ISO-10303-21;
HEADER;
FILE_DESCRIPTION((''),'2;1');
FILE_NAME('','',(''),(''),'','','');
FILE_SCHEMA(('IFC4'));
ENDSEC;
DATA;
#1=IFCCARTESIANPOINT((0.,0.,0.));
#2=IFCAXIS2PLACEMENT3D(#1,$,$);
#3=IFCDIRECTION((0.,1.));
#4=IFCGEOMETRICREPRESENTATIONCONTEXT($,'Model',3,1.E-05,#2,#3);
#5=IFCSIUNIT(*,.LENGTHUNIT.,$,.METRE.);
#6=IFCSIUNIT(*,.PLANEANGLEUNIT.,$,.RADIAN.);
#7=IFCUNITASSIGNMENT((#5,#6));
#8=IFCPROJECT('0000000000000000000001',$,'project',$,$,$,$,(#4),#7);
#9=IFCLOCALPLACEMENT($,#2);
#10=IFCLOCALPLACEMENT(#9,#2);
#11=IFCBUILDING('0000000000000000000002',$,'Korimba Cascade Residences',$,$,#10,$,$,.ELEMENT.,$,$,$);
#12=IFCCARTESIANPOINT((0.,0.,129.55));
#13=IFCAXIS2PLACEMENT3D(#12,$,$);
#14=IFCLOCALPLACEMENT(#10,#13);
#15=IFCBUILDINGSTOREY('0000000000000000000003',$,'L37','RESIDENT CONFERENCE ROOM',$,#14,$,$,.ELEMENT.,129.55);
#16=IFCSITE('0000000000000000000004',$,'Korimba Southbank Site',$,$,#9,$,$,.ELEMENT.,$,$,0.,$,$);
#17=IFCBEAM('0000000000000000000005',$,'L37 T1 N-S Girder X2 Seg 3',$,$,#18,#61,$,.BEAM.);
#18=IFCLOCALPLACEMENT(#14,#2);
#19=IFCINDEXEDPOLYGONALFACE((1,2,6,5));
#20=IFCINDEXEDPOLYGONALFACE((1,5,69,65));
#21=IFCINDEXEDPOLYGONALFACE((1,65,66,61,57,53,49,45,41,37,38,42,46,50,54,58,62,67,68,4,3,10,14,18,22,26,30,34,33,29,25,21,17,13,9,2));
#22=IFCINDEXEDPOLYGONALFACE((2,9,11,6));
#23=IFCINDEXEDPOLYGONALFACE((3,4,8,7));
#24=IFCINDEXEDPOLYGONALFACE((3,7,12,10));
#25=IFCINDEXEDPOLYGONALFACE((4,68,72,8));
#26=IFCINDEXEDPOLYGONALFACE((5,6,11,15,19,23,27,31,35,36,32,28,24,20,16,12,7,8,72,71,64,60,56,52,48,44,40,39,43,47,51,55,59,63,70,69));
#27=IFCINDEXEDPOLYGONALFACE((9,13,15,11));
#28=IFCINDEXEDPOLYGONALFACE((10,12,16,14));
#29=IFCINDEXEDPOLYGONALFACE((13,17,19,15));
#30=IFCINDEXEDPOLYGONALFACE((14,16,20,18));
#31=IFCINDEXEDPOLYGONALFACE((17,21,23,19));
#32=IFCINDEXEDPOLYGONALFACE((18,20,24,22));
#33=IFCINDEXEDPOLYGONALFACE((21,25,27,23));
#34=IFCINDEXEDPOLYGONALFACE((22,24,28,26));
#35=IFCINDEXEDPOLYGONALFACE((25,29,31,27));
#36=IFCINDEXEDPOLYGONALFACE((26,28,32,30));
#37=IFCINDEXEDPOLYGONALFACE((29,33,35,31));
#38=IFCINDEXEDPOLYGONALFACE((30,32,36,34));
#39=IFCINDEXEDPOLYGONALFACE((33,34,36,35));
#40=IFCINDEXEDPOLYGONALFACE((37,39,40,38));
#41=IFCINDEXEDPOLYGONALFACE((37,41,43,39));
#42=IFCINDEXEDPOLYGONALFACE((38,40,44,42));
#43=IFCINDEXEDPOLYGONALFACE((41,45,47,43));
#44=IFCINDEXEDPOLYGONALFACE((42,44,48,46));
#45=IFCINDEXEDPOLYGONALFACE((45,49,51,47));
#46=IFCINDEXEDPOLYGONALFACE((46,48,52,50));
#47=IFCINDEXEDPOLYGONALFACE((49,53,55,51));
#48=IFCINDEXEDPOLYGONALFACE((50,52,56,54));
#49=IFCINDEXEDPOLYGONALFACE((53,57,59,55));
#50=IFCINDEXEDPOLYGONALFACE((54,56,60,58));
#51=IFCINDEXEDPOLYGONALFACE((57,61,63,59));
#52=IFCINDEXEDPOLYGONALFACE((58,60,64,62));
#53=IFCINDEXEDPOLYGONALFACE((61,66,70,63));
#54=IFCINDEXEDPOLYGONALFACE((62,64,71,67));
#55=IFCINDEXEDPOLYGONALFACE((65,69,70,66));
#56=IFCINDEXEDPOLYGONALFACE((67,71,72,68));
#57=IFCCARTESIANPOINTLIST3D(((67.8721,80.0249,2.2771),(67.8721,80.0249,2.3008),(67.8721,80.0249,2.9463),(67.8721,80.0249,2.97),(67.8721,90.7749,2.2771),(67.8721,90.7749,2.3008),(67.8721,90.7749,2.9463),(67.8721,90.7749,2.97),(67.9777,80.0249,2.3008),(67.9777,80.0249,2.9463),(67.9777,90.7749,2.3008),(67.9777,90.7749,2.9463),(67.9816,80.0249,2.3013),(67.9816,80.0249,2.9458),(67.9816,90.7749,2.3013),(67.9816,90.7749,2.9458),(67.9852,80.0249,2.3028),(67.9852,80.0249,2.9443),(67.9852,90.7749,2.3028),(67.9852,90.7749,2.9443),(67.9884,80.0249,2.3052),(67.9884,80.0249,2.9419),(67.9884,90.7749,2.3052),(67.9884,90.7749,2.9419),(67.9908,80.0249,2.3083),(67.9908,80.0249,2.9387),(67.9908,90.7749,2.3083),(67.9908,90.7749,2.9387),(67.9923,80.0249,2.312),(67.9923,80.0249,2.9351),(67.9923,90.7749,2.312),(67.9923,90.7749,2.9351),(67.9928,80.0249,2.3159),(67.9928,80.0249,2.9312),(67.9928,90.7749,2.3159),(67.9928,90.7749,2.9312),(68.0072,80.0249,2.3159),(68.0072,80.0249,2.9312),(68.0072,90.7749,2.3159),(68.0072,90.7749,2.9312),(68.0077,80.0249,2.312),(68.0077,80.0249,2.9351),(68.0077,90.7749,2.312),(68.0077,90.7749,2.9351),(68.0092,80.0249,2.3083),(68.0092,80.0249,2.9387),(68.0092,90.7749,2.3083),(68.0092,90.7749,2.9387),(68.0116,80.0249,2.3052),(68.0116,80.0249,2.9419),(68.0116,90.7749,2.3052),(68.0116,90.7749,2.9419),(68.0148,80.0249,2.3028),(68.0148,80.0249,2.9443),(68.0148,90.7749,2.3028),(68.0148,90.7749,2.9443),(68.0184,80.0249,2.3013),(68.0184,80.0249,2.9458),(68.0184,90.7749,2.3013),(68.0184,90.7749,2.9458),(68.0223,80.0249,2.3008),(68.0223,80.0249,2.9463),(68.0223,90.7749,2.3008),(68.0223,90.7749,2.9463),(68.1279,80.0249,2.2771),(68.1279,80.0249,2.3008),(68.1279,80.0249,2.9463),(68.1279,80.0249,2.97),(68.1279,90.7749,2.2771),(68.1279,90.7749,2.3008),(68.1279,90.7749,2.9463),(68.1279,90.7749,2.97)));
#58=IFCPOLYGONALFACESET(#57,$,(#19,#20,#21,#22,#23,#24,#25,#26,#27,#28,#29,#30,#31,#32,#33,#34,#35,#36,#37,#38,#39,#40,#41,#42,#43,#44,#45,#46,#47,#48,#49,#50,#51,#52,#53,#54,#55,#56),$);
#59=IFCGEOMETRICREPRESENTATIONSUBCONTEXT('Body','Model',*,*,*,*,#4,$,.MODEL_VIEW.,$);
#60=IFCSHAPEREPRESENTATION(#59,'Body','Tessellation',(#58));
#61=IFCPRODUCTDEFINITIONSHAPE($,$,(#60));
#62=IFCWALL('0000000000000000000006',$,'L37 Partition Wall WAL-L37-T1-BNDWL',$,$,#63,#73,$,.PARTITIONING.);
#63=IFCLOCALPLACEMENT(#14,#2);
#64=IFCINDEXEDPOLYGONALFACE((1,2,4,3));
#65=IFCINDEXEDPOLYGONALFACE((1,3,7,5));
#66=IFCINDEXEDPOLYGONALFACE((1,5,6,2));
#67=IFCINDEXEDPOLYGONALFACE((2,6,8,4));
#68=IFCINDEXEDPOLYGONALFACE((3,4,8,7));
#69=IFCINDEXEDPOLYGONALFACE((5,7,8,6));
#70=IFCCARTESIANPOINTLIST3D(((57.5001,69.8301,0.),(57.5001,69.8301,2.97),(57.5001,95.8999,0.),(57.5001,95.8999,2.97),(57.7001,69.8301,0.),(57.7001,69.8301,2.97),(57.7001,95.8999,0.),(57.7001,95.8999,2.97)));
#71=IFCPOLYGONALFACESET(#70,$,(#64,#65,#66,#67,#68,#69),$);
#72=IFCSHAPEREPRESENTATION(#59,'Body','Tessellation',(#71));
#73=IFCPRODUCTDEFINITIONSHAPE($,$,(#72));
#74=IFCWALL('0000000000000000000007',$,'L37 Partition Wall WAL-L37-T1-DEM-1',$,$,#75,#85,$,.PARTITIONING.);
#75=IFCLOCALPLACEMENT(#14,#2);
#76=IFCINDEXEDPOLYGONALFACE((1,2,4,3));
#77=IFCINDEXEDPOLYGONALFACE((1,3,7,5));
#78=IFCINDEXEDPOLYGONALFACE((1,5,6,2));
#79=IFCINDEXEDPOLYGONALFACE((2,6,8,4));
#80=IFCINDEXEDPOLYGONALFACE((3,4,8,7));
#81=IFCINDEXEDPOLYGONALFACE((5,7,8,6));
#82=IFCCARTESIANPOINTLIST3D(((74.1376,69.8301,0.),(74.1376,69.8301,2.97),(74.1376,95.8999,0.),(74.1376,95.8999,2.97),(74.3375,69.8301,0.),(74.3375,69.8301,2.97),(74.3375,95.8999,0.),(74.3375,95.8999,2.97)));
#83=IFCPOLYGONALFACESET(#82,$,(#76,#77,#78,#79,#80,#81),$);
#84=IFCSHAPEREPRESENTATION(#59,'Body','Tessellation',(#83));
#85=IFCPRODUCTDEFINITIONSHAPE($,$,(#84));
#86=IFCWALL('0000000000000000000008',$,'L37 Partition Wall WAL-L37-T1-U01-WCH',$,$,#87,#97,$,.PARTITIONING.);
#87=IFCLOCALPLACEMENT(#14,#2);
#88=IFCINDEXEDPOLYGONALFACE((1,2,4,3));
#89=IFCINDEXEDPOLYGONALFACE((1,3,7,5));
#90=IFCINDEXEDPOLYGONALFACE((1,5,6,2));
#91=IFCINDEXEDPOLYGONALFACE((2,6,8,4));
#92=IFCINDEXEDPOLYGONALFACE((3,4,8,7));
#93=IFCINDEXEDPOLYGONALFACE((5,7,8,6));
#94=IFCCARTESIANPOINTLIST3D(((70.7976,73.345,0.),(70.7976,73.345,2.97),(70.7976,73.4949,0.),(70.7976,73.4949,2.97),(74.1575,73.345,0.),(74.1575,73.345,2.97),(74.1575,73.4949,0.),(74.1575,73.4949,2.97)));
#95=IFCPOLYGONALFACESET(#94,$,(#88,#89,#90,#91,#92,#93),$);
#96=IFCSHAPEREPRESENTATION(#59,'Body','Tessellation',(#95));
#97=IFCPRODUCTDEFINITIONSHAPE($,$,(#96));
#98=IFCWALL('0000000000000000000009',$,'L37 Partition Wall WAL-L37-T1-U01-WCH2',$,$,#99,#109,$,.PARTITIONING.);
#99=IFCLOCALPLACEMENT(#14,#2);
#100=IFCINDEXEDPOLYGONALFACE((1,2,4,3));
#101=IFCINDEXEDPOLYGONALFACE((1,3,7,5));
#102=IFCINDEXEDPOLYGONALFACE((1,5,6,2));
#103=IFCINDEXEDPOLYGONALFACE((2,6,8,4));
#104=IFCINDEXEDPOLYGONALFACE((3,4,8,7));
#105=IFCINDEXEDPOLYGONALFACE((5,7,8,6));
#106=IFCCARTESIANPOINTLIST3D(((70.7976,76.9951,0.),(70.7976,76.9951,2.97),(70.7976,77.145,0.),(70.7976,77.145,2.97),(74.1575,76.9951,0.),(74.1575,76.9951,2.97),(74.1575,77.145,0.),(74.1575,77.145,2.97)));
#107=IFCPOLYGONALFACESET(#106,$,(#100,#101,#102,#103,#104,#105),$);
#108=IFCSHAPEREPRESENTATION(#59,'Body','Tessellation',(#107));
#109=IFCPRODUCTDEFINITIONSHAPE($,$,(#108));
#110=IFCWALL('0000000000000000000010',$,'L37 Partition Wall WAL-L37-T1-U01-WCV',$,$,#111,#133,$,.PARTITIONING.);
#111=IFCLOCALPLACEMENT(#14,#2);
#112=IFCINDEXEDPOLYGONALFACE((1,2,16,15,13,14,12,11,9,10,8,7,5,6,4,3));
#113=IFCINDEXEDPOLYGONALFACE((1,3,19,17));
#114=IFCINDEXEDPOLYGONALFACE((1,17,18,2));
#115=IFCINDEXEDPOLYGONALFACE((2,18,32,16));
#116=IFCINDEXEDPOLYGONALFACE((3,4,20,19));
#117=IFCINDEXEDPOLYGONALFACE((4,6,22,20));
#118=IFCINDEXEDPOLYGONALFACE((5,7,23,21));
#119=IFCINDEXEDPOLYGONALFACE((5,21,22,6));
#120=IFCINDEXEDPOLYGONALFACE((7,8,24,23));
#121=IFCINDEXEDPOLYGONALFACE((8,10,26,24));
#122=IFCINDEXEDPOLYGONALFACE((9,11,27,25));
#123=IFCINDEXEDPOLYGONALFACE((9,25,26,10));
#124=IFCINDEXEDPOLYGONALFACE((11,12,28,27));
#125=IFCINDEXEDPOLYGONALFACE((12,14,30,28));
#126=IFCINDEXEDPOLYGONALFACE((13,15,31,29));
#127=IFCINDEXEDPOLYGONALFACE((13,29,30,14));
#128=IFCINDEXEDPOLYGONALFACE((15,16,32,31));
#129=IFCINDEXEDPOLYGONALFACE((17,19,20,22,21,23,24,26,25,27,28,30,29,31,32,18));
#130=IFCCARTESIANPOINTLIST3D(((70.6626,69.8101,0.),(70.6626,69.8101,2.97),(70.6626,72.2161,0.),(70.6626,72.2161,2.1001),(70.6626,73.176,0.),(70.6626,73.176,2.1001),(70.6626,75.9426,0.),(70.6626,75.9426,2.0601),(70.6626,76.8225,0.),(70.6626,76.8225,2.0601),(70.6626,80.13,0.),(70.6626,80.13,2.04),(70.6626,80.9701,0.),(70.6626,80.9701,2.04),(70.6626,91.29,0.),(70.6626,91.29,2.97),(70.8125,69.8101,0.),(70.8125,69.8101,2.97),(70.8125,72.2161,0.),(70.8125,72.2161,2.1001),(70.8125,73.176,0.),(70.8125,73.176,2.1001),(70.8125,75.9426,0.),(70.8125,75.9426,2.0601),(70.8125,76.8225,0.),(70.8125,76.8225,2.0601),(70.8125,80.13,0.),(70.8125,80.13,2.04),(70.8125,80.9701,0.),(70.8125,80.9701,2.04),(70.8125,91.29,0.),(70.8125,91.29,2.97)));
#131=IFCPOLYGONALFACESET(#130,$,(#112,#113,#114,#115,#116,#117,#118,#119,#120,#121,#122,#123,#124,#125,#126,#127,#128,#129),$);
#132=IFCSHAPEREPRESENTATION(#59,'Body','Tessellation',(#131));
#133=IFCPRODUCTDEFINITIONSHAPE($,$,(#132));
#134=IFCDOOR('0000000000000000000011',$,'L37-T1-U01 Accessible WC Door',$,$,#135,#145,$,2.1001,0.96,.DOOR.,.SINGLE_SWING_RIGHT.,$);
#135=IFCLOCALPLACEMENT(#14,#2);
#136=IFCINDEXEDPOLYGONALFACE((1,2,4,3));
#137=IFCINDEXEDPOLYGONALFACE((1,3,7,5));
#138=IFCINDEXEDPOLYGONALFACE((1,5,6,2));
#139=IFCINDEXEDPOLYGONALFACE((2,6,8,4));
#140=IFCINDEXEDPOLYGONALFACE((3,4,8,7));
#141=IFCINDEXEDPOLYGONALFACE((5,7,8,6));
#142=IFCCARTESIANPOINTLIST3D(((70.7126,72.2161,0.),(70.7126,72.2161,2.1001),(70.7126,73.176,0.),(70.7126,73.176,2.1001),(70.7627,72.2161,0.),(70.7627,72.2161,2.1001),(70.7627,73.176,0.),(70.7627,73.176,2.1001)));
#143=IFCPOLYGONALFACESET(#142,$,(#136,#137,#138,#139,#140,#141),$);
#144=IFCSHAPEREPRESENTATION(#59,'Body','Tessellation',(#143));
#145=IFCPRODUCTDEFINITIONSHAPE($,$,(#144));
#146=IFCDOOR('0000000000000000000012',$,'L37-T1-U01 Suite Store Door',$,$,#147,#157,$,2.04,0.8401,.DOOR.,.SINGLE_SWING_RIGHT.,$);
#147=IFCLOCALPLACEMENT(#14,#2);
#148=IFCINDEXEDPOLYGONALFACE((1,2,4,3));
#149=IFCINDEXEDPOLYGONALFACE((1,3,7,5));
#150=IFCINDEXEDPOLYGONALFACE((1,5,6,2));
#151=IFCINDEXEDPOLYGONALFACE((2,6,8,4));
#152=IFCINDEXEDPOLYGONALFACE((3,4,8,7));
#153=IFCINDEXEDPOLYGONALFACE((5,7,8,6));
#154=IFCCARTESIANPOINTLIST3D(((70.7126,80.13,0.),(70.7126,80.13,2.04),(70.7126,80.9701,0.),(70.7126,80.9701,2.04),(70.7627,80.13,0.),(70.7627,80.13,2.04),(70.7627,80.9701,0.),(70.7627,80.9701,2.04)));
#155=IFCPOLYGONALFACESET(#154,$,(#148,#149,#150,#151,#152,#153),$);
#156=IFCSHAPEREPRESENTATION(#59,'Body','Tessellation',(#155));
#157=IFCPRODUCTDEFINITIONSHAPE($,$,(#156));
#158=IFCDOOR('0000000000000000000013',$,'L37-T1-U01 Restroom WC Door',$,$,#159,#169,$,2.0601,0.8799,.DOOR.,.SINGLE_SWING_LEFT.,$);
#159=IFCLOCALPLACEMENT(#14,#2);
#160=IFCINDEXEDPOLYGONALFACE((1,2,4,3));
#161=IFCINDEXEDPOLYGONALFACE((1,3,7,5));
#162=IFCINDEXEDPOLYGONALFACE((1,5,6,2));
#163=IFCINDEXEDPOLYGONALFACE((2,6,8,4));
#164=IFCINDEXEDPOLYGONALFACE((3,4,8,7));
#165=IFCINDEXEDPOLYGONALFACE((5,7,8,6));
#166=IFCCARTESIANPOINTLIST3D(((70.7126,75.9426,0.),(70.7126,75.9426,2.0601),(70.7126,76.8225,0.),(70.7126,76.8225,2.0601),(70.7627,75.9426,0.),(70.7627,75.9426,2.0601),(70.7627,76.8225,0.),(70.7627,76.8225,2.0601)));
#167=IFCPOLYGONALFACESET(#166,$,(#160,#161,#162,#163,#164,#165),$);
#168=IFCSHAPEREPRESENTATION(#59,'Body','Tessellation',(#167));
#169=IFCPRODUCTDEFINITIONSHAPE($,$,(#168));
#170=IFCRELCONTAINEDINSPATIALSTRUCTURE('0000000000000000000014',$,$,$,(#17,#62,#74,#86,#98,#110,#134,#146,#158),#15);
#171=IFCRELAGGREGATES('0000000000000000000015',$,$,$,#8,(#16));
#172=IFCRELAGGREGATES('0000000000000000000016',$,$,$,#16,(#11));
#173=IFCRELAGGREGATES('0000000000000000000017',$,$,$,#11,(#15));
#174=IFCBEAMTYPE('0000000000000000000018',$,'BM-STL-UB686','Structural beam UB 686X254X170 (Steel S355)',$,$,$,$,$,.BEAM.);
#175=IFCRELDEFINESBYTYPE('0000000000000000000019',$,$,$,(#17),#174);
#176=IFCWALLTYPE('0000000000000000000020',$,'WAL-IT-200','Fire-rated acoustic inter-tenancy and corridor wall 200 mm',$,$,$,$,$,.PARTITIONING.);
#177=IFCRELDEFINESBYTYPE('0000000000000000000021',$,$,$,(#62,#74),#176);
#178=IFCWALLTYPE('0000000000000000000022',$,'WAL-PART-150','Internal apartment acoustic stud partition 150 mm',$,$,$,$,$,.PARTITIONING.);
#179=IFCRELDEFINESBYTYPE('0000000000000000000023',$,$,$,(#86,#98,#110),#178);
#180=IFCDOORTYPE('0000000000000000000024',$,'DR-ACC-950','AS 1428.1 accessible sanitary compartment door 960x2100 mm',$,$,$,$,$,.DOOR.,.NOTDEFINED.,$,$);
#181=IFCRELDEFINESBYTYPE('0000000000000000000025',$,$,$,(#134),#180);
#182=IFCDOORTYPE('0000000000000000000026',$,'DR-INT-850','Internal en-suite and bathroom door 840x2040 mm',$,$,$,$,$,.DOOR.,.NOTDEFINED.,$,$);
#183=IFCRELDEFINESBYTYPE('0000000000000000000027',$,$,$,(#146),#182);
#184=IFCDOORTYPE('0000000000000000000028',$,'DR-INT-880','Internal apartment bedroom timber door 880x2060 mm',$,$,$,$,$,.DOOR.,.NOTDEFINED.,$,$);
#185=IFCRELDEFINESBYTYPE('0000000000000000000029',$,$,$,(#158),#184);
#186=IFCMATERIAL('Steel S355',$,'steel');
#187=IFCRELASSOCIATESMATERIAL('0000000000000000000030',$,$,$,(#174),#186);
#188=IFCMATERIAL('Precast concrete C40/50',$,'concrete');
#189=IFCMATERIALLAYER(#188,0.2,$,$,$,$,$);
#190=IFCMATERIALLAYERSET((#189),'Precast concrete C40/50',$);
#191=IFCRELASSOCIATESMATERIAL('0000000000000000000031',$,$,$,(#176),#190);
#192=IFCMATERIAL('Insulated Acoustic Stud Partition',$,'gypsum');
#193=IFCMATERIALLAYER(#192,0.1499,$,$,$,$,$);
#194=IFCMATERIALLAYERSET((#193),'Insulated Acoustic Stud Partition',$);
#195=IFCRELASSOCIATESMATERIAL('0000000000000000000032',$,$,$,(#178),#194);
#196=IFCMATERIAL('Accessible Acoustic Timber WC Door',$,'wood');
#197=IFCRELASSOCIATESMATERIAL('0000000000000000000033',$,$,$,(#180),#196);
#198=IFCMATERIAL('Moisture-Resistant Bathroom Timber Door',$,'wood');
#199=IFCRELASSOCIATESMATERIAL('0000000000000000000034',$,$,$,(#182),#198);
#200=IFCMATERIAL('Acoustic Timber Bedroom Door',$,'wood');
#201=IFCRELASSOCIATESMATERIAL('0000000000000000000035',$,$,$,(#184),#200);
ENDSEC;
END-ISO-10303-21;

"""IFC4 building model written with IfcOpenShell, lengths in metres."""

from ifc_helpers import new_model, si_unit, direction, frame, frame_2d, origin, origin_2d, place, context, subcontext, project, spatial, rectangle, i_section, extrude, material, layer, layer_set, material_profile, profile_set, type_object, element, fill, save


model = new_model("IFC4")

# Units and contexts
model_context = context("Model", 3, precision=1e-05, world=origin(), true_north=direction((0.0, 1.0)))
body_context = subcontext(model_context, "Body", "Model", "MODEL_VIEW")
ifc_project = project(units=[si_unit("LENGTHUNIT", "METRE"), si_unit("PLANEANGLEUNIT", "RADIAN")], contexts=[model_context])

# Site, building, storey
site_placement = place(None, origin())
site = spatial("IfcSite", under=ifc_project, at=site_placement, Name="Korimba Southbank Site", CompositionType="ELEMENT", RefElevation=0.0)
building_placement = place(site_placement, origin())
building = spatial("IfcBuilding", under=site, at=building_placement, Name="Korimba Cascade Residences", CompositionType="ELEMENT")
storey_placement = place(building_placement, frame((0.0, 0.0, 129.55)))
storey = spatial("IfcBuildingStorey", under=building, at=storey_placement, Name="L37", Description="RESIDENT CONFERENCE ROOM", CompositionType="ELEMENT", Elevation=129.55)

# Beam
ifc_material_1 = material(Name="Steel S355", Category="steel")
ifc_material_profile_1 = material_profile(ifc_material_1, i_section(OverallWidth=0.2559, OverallDepth=0.6929, WebThickness=0.0144, FlangeThickness=0.0237, FilletRadius=0.0151, at=origin_2d()), Name="Steel S355")
ifc_profile_set_1 = profile_set([ifc_material_profile_1], Name="Steel S355")
beam_type_1 = type_object("IfcBeamType", Name="BM-STL-UB686", Description="Structural beam UB 686X254X170 (Steel S355)", PredefinedType="BEAM", material=ifc_profile_set_1)
beam_1_placement = place(storey_placement, frame((68.0, 80.0249, 2.6235), z_axis=(0.0, 1.0, 0.0), x_axis=(-1.0, 0.0, 0.0)))
element("IfcBeam", 1, at=beam_1_placement, inside=storey, type_object=beam_type_1, Name="L37 T1 N-S Girder X2 Seg 3", PredefinedType="BEAM", context=body_context, shape_type="SweptSolid", body=[
    extrude(i_section(OverallWidth=0.2559, OverallDepth=0.6929, WebThickness=0.0144, FlangeThickness=0.0237, FilletRadius=0.0151, at=origin_2d()), origin(), (0.0, 0.0, 1.0), 10.75),
])

# Walls
ifc_material_2 = material(Name="Precast concrete C40/50", Category="concrete")
ifc_layer_1 = layer(ifc_material_2, 0.2)
ifc_layer_set_1 = layer_set([ifc_layer_1], Name="Precast concrete C40/50")
wall_type_1 = type_object("IfcWallType", Name="WAL-IT-200", Description="Fire-rated acoustic inter-tenancy and corridor wall 200 mm", PredefinedType="PARTITIONING", material=ifc_layer_set_1)
for number, where, z_axis, x_axis, name in (
    (2, (57.6001, 69.8301, 0.0), (0.0, 0.0, 1.0), (0.0, 1.0, 0.0), "L37 Partition Wall WAL-L37-T1-BNDWL"),
    (3, (74.2375, 69.8301, 0.0), (0.0, 0.0, 1.0), (0.0, 1.0, 0.0), "L37 Partition Wall WAL-L37-T1-DEM-1"),
):
    element("IfcWall", number, at=place(storey_placement, frame(where, z_axis=z_axis, x_axis=x_axis)), inside=storey, type_object=wall_type_1, Name=name, PredefinedType="PARTITIONING", context=body_context, shape_type="SweptSolid", body=[
        extrude(rectangle(XDim=26.0698, YDim=0.2, at=frame_2d((13.0349, 0.0))), origin(), (0.0, 0.0, 1.0), 2.97),
    ])
ifc_material_3 = material(Name="Insulated Acoustic Stud Partition", Category="gypsum")
ifc_layer_2 = layer(ifc_material_3, 0.1499)
ifc_layer_set_2 = layer_set([ifc_layer_2], Name="Insulated Acoustic Stud Partition")
wall_type_2 = type_object("IfcWallType", Name="WAL-PART-150", Description="Internal apartment acoustic stud partition 150 mm", PredefinedType="PARTITIONING", material=ifc_layer_set_2)
for number, where, z_axis, x_axis, name in (
    (4, (70.7976, 73.4199, 0.0), (0.0, 0.0, 1.0), (1.0, 0.0, 0.0), "L37 Partition Wall WAL-L37-T1-U01-WCH"),
    (5, (70.7976, 77.0701, 0.0), (0.0, 0.0, 1.0), (1.0, 0.0, 0.0), "L37 Partition Wall WAL-L37-T1-U01-WCH2"),
):
    element("IfcWall", number, at=place(storey_placement, frame(where, z_axis=z_axis, x_axis=x_axis)), inside=storey, type_object=wall_type_2, Name=name, PredefinedType="PARTITIONING", context=body_context, shape_type="SweptSolid", body=[
        extrude(rectangle(XDim=3.3599, YDim=0.1499, at=frame_2d((1.6799, 0.0))), origin(), (0.0, 0.0, 1.0), 2.97),
    ])

# Wall, openings, doors
wall_placement = place(storey_placement, frame((70.7375, 69.8101, 0.0), z_axis=(0.0, 0.0, 1.0), x_axis=(0.0, 1.0, 0.0)))
wall = element("IfcWall", 6, at=wall_placement, inside=storey, type_object=wall_type_2, Name="L37 Partition Wall WAL-L37-T1-U01-WCV", PredefinedType="PARTITIONING", context=body_context, shape_type="SweptSolid", body=[
    extrude(rectangle(XDim=21.48, YDim=0.1499, at=frame_2d((10.74, 0.0))), origin(), (0.0, 0.0, 1.0), 2.97),
])
opening_1_placement = place(wall_placement, frame((2.406, 0.0, 0.0)))
opening_1 = element("IfcOpeningElement", 7, at=opening_1_placement, cuts=wall, PredefinedType="OPENING", context=body_context, shape_type="SweptSolid", body=[
    extrude(rectangle(XDim=0.96, YDim=2.1001, at=frame_2d((0.48, 1.05))), frame((0.0, 0.085, 0.0), z_axis=(0.0, -1.0, 0.0), x_axis=(1.0, 0.0, 0.0)), (0.0, 0.0, 1.0), 0.1699),
])
opening_2_placement = place(wall_placement, frame((6.1326, 0.0, 0.0)))
opening_2 = element("IfcOpeningElement", 8, at=opening_2_placement, cuts=wall, PredefinedType="OPENING", context=body_context, shape_type="SweptSolid", body=[
    extrude(rectangle(XDim=0.8799, YDim=2.0601, at=frame_2d((0.4399, 1.03))), frame((0.0, 0.085, 0.0), z_axis=(0.0, -1.0, 0.0), x_axis=(1.0, 0.0, 0.0)), (0.0, 0.0, 1.0), 0.1699),
])
opening_3_placement = place(wall_placement, frame((10.3201, 0.0, 0.0)))
opening_3 = element("IfcOpeningElement", 9, at=opening_3_placement, cuts=wall, PredefinedType="OPENING", context=body_context, shape_type="SweptSolid", body=[
    extrude(rectangle(XDim=0.8401, YDim=2.04, at=frame_2d((0.4199, 1.02))), frame((0.0, 0.085, 0.0), z_axis=(0.0, -1.0, 0.0), x_axis=(1.0, 0.0, 0.0)), (0.0, 0.0, 1.0), 0.1699),
])
ifc_material_4 = material(Name="Accessible Acoustic Timber WC Door", Category="wood")
door_type_1 = type_object("IfcDoorType", Name="DR-ACC-950", Description="AS 1428.1 accessible sanitary compartment door 960x2100 mm", OperationType="NOTDEFINED", PredefinedType="DOOR", material=ifc_material_4)
door_1_placement = place(opening_1_placement, origin())
door_1 = element("IfcDoor", 10, at=door_1_placement, inside=storey, type_object=door_type_1, Name="L37-T1-U01 Accessible WC Door", OperationType="SINGLE_SWING_RIGHT", OverallHeight=2.1001, OverallWidth=0.96, PredefinedType="DOOR", context=body_context, shape_type="SweptSolid", body=[
    extrude(rectangle(XDim=0.96, YDim=2.1001, at=frame_2d((0.48, 1.05))), frame((0.0, 0.0249, 0.0), z_axis=(0.0, -1.0, 0.0), x_axis=(1.0, 0.0, 0.0)), (0.0, 0.0, 1.0), 0.05),
])
fill(opening_1, door_1)
ifc_material_5 = material(Name="Moisture-Resistant Bathroom Timber Door", Category="wood")
door_type_2 = type_object("IfcDoorType", Name="DR-INT-850", Description="Internal en-suite and bathroom door 840x2040 mm", OperationType="NOTDEFINED", PredefinedType="DOOR", material=ifc_material_5)
door_2_placement = place(opening_3_placement, origin())
door_2 = element("IfcDoor", 11, at=door_2_placement, inside=storey, type_object=door_type_2, Name="L37-T1-U01 Suite Store Door", OperationType="SINGLE_SWING_RIGHT", OverallHeight=2.04, OverallWidth=0.8401, PredefinedType="DOOR", context=body_context, shape_type="SweptSolid", body=[
    extrude(rectangle(XDim=0.8401, YDim=2.04, at=frame_2d((0.4199, 1.02))), frame((0.0, 0.0249, 0.0), z_axis=(0.0, -1.0, 0.0), x_axis=(1.0, 0.0, 0.0)), (0.0, 0.0, 1.0), 0.05),
])
fill(opening_3, door_2)
ifc_material_6 = material(Name="Acoustic Timber Bedroom Door", Category="wood")
door_type_3 = type_object("IfcDoorType", Name="DR-INT-880", Description="Internal apartment bedroom timber door 880x2060 mm", OperationType="NOTDEFINED", PredefinedType="DOOR", material=ifc_material_6)
door_3_placement = place(opening_2_placement, origin())
door_3 = element("IfcDoor", 12, at=door_3_placement, inside=storey, type_object=door_type_3, Name="L37-T1-U01 Restroom WC Door", OperationType="SINGLE_SWING_LEFT", OverallHeight=2.0601, OverallWidth=0.8799, PredefinedType="DOOR", context=body_context, shape_type="SweptSolid", body=[
    extrude(rectangle(XDim=0.8799, YDim=2.0601, at=frame_2d((0.4399, 1.03))), frame((0.0, 0.0249, 0.0), z_axis=(0.0, -1.0, 0.0), x_axis=(1.0, 0.0, 0.0)), (0.0, 0.0, 1.0), 0.05),
])
fill(opening_2, door_3)

save(model, "model.ifc")
